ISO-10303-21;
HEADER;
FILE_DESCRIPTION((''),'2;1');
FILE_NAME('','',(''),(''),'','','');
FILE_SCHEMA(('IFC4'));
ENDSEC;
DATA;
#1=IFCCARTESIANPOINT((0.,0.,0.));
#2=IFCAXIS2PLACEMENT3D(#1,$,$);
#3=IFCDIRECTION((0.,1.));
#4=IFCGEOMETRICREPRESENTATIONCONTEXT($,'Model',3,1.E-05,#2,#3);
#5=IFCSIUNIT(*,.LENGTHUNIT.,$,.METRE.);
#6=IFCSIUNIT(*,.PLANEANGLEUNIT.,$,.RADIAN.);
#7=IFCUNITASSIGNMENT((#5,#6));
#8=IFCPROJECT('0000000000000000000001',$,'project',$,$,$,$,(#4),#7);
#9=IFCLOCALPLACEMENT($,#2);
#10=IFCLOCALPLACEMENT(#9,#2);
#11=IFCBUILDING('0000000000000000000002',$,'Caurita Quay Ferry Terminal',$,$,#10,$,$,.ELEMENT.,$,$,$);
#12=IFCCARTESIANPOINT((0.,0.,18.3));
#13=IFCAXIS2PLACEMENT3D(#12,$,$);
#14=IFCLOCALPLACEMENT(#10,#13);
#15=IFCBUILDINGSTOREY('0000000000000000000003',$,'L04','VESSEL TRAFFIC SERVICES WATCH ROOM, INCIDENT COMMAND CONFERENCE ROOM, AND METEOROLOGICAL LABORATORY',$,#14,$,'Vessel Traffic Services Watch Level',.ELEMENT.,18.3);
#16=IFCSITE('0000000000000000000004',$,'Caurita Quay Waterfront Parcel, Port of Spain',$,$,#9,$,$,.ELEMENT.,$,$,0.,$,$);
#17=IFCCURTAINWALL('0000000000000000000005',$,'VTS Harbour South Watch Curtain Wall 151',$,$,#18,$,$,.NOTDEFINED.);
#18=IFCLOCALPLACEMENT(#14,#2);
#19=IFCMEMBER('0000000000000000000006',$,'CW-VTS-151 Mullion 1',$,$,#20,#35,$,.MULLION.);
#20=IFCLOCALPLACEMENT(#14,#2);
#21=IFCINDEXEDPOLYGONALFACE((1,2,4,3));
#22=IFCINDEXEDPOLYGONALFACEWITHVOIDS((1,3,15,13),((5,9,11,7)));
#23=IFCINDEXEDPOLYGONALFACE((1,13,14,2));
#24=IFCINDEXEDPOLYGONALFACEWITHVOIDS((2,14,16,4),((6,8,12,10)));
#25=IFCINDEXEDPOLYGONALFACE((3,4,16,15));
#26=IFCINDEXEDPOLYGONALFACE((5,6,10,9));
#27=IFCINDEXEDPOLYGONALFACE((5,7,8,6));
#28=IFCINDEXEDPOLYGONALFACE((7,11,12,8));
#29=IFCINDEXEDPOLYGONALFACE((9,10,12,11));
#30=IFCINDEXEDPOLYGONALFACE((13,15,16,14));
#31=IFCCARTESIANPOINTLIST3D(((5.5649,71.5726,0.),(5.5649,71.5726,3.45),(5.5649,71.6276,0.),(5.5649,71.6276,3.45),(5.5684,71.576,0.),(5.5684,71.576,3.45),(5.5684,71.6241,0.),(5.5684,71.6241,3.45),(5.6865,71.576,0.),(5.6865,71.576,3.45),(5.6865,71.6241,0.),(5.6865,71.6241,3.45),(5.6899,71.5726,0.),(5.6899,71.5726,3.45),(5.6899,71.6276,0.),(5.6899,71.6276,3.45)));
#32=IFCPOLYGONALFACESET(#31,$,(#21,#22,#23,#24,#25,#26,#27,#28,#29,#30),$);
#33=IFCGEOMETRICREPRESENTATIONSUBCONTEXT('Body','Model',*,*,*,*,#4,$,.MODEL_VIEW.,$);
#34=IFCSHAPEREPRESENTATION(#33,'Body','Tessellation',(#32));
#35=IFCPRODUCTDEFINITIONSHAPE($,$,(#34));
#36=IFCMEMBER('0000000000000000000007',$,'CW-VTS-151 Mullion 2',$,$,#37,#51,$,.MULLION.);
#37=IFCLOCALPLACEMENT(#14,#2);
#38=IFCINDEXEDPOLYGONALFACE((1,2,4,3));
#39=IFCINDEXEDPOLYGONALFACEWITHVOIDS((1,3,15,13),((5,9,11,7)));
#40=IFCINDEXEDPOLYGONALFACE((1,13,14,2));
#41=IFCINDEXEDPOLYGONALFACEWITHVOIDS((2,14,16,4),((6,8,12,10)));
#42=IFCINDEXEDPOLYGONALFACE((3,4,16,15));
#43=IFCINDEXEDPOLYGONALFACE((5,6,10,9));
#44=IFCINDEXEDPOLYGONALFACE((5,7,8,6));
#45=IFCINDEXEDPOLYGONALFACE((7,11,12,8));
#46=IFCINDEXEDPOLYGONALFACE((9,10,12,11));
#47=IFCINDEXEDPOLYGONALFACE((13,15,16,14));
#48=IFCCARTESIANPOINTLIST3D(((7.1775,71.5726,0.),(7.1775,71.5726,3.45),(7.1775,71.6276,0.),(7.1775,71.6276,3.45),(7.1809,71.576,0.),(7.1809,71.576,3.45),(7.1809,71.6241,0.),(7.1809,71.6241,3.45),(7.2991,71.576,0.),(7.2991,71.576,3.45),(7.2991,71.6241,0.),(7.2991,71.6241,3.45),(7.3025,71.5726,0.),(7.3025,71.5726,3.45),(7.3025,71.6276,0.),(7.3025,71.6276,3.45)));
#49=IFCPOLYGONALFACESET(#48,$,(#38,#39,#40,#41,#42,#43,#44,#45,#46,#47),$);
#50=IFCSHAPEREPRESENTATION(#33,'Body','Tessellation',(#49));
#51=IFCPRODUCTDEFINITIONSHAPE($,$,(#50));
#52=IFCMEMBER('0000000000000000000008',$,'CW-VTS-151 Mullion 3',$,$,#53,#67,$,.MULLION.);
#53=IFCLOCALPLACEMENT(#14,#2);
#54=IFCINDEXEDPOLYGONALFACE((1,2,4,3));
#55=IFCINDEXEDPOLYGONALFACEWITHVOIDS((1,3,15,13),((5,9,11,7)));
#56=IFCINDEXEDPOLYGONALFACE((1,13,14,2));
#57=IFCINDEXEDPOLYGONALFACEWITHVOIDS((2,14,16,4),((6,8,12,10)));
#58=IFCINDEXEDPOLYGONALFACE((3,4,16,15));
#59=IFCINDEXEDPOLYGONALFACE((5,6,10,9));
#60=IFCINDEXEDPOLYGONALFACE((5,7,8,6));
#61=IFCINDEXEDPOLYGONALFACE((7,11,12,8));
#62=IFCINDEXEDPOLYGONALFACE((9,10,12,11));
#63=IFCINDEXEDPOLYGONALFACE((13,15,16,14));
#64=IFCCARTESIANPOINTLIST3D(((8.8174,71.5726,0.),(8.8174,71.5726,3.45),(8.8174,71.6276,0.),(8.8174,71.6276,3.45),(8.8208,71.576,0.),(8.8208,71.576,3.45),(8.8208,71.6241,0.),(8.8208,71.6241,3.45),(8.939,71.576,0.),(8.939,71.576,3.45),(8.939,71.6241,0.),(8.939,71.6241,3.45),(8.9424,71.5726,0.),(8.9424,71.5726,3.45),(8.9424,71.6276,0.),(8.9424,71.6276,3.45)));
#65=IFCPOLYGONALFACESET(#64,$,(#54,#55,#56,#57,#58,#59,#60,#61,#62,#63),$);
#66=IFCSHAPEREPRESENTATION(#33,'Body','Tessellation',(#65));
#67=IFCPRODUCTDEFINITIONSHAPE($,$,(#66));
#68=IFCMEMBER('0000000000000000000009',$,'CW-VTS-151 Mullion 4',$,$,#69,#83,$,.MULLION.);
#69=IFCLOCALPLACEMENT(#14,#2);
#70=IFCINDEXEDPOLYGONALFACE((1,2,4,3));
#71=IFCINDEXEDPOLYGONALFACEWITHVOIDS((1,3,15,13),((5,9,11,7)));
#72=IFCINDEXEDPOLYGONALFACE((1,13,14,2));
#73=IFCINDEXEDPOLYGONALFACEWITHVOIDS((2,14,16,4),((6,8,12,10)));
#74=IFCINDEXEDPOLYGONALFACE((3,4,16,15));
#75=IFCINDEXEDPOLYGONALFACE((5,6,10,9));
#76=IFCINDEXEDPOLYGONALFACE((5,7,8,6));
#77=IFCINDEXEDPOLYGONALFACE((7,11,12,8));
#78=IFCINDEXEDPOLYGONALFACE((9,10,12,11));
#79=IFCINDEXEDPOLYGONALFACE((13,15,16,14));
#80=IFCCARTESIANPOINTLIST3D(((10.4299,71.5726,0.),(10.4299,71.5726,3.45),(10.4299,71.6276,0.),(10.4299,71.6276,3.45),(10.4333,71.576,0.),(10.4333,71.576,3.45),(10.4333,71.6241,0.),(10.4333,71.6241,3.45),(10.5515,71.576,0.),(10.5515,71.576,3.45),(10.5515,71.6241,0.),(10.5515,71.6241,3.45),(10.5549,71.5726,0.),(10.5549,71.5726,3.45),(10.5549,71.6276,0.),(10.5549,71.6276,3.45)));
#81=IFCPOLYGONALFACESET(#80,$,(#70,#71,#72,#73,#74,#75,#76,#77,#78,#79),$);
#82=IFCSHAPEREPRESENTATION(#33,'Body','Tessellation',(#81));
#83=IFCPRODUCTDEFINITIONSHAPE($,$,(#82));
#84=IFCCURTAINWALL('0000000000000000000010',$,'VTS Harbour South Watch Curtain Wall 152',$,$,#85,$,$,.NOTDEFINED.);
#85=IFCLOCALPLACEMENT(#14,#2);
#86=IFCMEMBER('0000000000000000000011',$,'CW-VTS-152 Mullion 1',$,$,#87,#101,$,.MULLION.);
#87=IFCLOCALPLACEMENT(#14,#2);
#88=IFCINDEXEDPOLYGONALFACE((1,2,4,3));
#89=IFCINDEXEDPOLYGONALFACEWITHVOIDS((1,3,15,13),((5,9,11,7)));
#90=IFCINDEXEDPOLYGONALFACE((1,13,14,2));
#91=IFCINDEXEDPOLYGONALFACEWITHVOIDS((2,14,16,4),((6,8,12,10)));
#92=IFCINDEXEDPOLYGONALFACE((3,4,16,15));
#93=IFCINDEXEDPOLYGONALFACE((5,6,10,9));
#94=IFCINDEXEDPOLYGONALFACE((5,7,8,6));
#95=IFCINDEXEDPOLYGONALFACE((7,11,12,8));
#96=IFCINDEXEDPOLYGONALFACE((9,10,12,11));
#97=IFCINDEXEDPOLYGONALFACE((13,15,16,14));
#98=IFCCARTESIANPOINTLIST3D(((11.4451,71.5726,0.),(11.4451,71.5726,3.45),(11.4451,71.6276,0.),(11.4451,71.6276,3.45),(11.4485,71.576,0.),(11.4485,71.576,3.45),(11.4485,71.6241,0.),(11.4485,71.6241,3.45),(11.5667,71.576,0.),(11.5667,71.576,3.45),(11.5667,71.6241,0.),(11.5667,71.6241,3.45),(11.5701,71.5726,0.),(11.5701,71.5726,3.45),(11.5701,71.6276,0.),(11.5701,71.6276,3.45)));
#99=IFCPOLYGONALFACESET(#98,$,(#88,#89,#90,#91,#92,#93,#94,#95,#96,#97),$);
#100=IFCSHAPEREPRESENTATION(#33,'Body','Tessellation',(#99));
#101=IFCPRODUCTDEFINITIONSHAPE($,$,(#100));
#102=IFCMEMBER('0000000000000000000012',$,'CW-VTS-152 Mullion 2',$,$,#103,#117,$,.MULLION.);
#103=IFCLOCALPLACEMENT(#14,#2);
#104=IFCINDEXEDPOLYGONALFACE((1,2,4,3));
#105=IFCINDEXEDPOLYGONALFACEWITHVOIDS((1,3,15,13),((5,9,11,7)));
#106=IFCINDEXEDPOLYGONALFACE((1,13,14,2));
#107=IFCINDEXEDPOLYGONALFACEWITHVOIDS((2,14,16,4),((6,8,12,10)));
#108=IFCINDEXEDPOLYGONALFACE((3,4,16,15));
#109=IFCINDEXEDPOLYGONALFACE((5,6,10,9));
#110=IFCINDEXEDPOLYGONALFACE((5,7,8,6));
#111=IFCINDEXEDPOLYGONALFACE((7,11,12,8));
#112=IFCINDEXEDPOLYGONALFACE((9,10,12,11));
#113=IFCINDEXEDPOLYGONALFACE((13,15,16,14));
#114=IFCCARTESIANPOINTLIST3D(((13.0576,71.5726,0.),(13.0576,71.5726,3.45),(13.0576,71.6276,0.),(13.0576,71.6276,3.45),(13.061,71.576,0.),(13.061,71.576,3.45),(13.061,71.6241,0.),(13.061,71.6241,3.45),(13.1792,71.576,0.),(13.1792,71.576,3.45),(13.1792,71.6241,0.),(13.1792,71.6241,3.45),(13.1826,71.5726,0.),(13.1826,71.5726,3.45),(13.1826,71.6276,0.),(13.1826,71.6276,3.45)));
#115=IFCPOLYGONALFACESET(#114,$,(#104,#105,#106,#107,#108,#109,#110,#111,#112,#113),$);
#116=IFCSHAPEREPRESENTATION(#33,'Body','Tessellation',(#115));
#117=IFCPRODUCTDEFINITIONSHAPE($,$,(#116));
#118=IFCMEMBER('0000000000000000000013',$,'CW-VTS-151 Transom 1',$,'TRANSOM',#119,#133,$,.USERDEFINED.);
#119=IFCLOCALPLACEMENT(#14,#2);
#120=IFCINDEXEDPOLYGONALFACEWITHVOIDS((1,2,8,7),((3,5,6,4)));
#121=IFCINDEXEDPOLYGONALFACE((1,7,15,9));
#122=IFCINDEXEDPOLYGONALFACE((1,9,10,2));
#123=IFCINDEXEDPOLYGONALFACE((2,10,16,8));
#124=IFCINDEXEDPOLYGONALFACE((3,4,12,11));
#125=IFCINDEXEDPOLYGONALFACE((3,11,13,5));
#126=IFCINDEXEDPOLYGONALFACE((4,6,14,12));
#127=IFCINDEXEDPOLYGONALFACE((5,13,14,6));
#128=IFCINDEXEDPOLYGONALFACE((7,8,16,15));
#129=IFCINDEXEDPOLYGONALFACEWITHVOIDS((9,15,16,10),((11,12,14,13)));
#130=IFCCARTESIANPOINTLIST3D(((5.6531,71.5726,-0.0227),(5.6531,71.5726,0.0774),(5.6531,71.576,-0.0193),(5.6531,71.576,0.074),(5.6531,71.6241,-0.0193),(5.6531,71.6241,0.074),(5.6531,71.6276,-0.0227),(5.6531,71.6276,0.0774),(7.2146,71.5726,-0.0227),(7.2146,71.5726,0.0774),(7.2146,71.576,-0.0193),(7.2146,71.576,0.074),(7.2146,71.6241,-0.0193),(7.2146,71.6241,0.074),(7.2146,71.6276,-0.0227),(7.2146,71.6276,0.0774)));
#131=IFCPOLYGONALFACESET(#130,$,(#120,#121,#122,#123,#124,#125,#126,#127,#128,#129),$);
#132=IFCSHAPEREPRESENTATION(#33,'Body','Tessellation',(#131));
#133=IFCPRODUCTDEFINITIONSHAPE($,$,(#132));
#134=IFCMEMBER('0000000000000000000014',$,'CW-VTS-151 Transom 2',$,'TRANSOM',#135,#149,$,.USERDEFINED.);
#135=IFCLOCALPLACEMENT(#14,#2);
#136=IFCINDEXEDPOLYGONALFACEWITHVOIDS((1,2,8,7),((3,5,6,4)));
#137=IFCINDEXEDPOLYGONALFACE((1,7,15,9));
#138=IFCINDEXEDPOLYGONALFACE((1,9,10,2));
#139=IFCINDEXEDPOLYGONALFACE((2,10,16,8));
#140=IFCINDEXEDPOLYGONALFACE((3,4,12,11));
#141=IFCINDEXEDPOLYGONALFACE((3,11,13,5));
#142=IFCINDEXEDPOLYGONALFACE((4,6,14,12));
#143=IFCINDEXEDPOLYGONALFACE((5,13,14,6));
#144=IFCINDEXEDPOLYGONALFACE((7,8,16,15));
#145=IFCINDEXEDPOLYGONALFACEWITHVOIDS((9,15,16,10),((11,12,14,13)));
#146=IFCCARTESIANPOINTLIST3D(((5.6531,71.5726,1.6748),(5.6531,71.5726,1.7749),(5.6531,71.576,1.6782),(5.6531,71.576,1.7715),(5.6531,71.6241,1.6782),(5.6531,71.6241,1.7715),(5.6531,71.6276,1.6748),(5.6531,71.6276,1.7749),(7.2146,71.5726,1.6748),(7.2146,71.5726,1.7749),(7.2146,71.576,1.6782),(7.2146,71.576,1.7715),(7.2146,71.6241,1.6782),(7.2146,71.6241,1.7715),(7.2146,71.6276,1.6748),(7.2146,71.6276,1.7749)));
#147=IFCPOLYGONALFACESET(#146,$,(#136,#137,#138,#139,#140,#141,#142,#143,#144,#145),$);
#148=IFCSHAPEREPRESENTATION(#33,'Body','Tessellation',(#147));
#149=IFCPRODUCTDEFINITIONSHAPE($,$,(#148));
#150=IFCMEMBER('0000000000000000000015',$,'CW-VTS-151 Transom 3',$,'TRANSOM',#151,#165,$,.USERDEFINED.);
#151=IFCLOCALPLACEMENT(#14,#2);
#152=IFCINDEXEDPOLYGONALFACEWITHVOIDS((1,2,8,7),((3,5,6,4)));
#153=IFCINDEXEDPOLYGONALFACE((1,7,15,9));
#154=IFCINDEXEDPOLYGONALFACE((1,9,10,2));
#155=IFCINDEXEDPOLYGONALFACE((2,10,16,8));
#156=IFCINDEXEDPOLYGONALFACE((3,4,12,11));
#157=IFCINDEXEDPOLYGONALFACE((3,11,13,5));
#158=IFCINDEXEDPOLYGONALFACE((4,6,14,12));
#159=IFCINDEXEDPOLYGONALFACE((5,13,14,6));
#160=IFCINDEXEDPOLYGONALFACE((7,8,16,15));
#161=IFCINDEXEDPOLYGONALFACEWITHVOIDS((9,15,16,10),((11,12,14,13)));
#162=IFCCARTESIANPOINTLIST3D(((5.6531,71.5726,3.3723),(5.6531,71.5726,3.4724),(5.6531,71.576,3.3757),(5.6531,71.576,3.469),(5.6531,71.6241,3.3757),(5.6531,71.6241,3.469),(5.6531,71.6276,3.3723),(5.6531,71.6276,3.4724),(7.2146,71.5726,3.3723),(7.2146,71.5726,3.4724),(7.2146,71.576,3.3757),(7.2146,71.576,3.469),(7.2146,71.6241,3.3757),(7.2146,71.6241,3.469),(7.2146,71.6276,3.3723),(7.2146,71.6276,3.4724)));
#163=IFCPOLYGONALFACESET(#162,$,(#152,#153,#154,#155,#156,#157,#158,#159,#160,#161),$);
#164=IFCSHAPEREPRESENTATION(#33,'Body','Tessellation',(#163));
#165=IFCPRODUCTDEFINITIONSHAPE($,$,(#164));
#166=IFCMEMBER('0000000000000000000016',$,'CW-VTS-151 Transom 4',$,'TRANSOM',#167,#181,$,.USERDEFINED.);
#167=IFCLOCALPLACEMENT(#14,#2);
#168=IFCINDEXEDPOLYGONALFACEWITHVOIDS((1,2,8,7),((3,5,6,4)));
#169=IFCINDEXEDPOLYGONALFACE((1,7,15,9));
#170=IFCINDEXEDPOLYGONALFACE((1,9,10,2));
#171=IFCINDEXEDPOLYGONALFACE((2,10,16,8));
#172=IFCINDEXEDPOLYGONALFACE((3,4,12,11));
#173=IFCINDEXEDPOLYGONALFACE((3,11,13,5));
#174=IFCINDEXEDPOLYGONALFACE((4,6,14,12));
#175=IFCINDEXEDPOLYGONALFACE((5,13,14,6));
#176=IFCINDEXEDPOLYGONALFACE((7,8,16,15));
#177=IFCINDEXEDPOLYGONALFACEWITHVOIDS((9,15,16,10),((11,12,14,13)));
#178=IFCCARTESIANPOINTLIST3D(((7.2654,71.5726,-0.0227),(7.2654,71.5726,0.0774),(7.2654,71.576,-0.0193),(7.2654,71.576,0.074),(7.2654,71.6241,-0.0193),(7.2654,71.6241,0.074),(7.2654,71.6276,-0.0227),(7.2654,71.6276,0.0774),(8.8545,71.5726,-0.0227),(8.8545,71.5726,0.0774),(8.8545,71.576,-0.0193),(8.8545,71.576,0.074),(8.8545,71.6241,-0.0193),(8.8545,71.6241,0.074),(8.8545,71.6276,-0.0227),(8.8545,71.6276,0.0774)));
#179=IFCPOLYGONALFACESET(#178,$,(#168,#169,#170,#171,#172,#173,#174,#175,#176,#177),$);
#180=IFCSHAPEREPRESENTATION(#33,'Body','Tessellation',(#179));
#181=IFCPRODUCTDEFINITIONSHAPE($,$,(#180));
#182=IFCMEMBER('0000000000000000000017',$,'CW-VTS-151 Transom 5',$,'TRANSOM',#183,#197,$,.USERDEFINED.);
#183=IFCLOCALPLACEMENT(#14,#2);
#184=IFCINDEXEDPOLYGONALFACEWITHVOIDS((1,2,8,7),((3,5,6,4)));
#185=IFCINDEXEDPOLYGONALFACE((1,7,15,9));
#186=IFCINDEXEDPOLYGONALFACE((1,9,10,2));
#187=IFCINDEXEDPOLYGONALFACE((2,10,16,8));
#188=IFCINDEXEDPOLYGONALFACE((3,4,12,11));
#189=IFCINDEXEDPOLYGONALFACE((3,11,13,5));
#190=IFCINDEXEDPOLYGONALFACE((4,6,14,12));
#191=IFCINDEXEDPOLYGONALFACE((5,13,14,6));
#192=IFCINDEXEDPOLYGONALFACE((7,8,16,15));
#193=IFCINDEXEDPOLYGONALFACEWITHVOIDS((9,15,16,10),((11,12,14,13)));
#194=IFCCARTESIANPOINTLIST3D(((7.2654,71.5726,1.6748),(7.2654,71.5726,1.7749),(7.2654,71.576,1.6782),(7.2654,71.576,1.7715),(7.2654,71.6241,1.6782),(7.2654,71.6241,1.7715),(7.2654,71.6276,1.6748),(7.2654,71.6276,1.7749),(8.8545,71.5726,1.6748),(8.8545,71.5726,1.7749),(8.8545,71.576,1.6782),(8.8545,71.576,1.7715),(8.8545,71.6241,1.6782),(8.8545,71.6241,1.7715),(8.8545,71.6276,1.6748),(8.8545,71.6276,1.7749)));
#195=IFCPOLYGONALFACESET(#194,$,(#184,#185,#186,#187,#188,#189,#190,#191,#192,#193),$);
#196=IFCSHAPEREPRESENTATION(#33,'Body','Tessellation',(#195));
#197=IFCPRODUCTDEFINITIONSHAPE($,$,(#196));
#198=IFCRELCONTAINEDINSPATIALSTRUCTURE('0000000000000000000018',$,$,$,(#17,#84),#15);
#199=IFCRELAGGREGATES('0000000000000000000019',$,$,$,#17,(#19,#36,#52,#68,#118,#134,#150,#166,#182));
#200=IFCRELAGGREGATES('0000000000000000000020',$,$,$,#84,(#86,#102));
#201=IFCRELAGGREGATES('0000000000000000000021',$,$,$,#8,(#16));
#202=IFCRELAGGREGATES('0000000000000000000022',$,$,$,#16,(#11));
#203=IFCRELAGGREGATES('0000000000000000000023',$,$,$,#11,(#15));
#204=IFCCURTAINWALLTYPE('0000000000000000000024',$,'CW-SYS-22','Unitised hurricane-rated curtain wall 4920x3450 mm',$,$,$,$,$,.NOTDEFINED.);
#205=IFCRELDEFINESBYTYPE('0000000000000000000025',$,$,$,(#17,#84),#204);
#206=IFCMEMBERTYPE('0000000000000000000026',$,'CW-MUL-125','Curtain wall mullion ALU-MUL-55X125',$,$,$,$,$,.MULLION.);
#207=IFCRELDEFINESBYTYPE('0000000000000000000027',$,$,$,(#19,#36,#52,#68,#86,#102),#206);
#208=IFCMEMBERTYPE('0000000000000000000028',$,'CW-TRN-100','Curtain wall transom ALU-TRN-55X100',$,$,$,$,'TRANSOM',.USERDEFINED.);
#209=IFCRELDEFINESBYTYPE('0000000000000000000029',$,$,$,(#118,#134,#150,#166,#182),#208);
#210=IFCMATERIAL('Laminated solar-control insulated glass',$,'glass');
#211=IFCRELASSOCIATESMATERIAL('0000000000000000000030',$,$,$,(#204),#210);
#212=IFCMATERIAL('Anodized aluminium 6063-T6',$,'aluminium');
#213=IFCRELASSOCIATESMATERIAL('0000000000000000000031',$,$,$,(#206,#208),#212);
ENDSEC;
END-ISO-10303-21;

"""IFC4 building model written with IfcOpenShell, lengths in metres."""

from ifc_helpers import new_model, si_unit, direction, frame, origin, origin_2d, place, context, subcontext, project, spatial, hollow_rectangle, extrude, material, material_profile, profile_set, type_object, element, aggregate, save


model = new_model("IFC4")

# Units and contexts
model_context = context("Model", 3, precision=1e-05, world=origin(), true_north=direction((0.0, 1.0)))
body_context = subcontext(model_context, "Body", "Model", "MODEL_VIEW")
ifc_project = project(units=[si_unit("LENGTHUNIT", "METRE"), si_unit("PLANEANGLEUNIT", "RADIAN")], contexts=[model_context])

# Site, building, storey
site_placement = place(None, origin())
site = spatial("IfcSite", under=ifc_project, at=site_placement, Name="Caurita Quay Waterfront Parcel, Port of Spain", CompositionType="ELEMENT", RefElevation=0.0)
building_placement = place(site_placement, origin())
building = spatial("IfcBuilding", under=site, at=building_placement, Name="Caurita Quay Ferry Terminal", CompositionType="ELEMENT")
storey_placement = place(building_placement, frame((0.0, 0.0, 18.3)))
storey = spatial("IfcBuildingStorey", under=building, at=storey_placement, Name="L04", Description="VESSEL TRAFFIC SERVICES WATCH ROOM, INCIDENT COMMAND CONFERENCE ROOM, AND METEOROLOGICAL LABORATORY", LongName="Vessel Traffic Services Watch Level", CompositionType="ELEMENT", Elevation=18.3)

# Curtain walls, members
ifc_material_1 = material(Name="Laminated solar-control insulated glass", Category="glass")
curtain_wall_type = type_object("IfcCurtainWallType", Name="CW-SYS-22", Description="Unitised hurricane-rated curtain wall 4920x3450 mm", PredefinedType="NOTDEFINED", material=ifc_material_1)
curtain_wall_1_placement = place(storey_placement, origin())
curtain_wall_1 = element("IfcCurtainWall", 1, at=curtain_wall_1_placement, inside=storey, type_object=curtain_wall_type, Name="VTS Harbour South Watch Curtain Wall 151", PredefinedType="NOTDEFINED")
ifc_material_2 = material(Name="Anodized aluminium 6063-T6", Category="aluminium")
ifc_material_profile_1 = material_profile(ifc_material_2, hollow_rectangle(XDim=0.0549, YDim=0.125, WallThickness=0.0034, at=origin_2d()), Name="ALU-MUL-55X125")
ifc_profile_set_1 = profile_set([ifc_material_profile_1], Name="Anodized aluminium 6063-T6")
member_type_1 = type_object("IfcMemberType", Name="CW-MUL-125", Description="Curtain wall mullion ALU-MUL-55X125", PredefinedType="MULLION", material=ifc_profile_set_1)
member_1_placement = place(storey_placement, frame((5.6274, 71.6001, 0.0), z_axis=(0.0, 0.0, 1.0), x_axis=(0.0, 1.0, 0.0)))
member_1 = element("IfcMember", 2, at=member_1_placement, type_object=member_type_1, Name="CW-VTS-151 Mullion 1", PredefinedType="MULLION", context=body_context, shape_type="SweptSolid", body=[
    extrude(hollow_rectangle(XDim=0.0549, YDim=0.125, WallThickness=0.0034, at=origin_2d()), origin(), (0.0, 0.0, 1.0), 3.45),
])
member_2_placement = place(storey_placement, frame((7.24, 71.6001, 0.0), z_axis=(0.0, 0.0, 1.0), x_axis=(0.0, 1.0, 0.0)))
member_2 = element("IfcMember", 3, at=member_2_placement, type_object=member_type_1, Name="CW-VTS-151 Mullion 2", PredefinedType="MULLION", context=body_context, shape_type="SweptSolid", body=[
    extrude(hollow_rectangle(XDim=0.0549, YDim=0.125, WallThickness=0.0034, at=origin_2d()), origin(), (0.0, 0.0, 1.0), 3.45),
])
member_3_placement = place(storey_placement, frame((8.8799, 71.6001, 0.0), z_axis=(0.0, 0.0, 1.0), x_axis=(0.0, 1.0, 0.0)))
member_3 = element("IfcMember", 4, at=member_3_placement, type_object=member_type_1, Name="CW-VTS-151 Mullion 3", PredefinedType="MULLION", context=body_context, shape_type="SweptSolid", body=[
    extrude(hollow_rectangle(XDim=0.0549, YDim=0.125, WallThickness=0.0034, at=origin_2d()), origin(), (0.0, 0.0, 1.0), 3.45),
])
member_4_placement = place(storey_placement, frame((10.4924, 71.6001, 0.0), z_axis=(0.0, 0.0, 1.0), x_axis=(0.0, 1.0, 0.0)))
member_4 = element("IfcMember", 5, at=member_4_placement, type_object=member_type_1, Name="CW-VTS-151 Mullion 4", PredefinedType="MULLION", context=body_context, shape_type="SweptSolid", body=[
    extrude(hollow_rectangle(XDim=0.0549, YDim=0.125, WallThickness=0.0034, at=origin_2d()), origin(), (0.0, 0.0, 1.0), 3.45),
])
curtain_wall_2_placement = place(storey_placement, origin())
curtain_wall_2 = element("IfcCurtainWall", 6, at=curtain_wall_2_placement, inside=storey, type_object=curtain_wall_type, Name="VTS Harbour South Watch Curtain Wall 152", PredefinedType="NOTDEFINED")
member_5_placement = place(storey_placement, frame((11.5076, 71.6001, 0.0), z_axis=(0.0, 0.0, 1.0), x_axis=(0.0, 1.0, 0.0)))
member_5 = element("IfcMember", 7, at=member_5_placement, type_object=member_type_1, Name="CW-VTS-152 Mullion 1", PredefinedType="MULLION", context=body_context, shape_type="SweptSolid", body=[
    extrude(hollow_rectangle(XDim=0.0549, YDim=0.125, WallThickness=0.0034, at=origin_2d()), origin(), (0.0, 0.0, 1.0), 3.45),
])
member_6_placement = place(storey_placement, frame((13.1201, 71.6001, 0.0), z_axis=(0.0, 0.0, 1.0), x_axis=(0.0, 1.0, 0.0)))
member_6 = element("IfcMember", 8, at=member_6_placement, type_object=member_type_1, Name="CW-VTS-152 Mullion 2", PredefinedType="MULLION", context=body_context, shape_type="SweptSolid", body=[
    extrude(hollow_rectangle(XDim=0.0549, YDim=0.125, WallThickness=0.0034, at=origin_2d()), origin(), (0.0, 0.0, 1.0), 3.45),
])

# Members
ifc_material_profile_2 = material_profile(ifc_material_2, hollow_rectangle(XDim=0.0549, YDim=0.1001, WallThickness=0.0034, at=origin_2d()), Name="ALU-TRN-55X100")
ifc_profile_set_2 = profile_set([ifc_material_profile_2], Name="Anodized aluminium 6063-T6")
member_type_2 = type_object("IfcMemberType", Name="CW-TRN-100", Description="Curtain wall transom ALU-TRN-55X100", ElementType="TRANSOM", PredefinedType="USERDEFINED", material=ifc_profile_set_2)
member_7_placement = place(storey_placement, frame((5.6531, 71.6001, 0.0273), z_axis=(1.0, 0.0, 0.0), x_axis=(0.0, 1.0, 0.0)))
member_7 = element("IfcMember", 9, at=member_7_placement, type_object=member_type_2, Name="CW-VTS-151 Transom 1", ObjectType="TRANSOM", PredefinedType="USERDEFINED", context=body_context, shape_type="SweptSolid", body=[
    extrude(hollow_rectangle(XDim=0.0549, YDim=0.1001, WallThickness=0.0034, at=origin_2d()), origin(), (0.0, 0.0, 1.0), 1.5615),
])
member_8_placement = place(storey_placement, frame((5.6531, 71.6001, 1.7249), z_axis=(1.0, 0.0, 0.0), x_axis=(0.0, 1.0, 0.0)))
member_8 = element("IfcMember", 10, at=member_8_placement, type_object=member_type_2, Name="CW-VTS-151 Transom 2", ObjectType="TRANSOM", PredefinedType="USERDEFINED", context=body_context, shape_type="SweptSolid", body=[
    extrude(hollow_rectangle(XDim=0.0549, YDim=0.1001, WallThickness=0.0034, at=origin_2d()), origin(), (0.0, 0.0, 1.0), 1.5615),
])
member_9_placement = place(storey_placement, frame((5.6531, 71.6001, 3.4224), z_axis=(1.0, 0.0, 0.0), x_axis=(0.0, 1.0, 0.0)))
member_9 = element("IfcMember", 11, at=member_9_placement, type_object=member_type_2, Name="CW-VTS-151 Transom 3", ObjectType="TRANSOM", PredefinedType="USERDEFINED", context=body_context, shape_type="SweptSolid", body=[
    extrude(hollow_rectangle(XDim=0.0549, YDim=0.1001, WallThickness=0.0034, at=origin_2d()), origin(), (0.0, 0.0, 1.0), 1.5615),
])
member_10_placement = place(storey_placement, frame((7.2654, 71.6001, 0.0273), z_axis=(1.0, 0.0, 0.0), x_axis=(0.0, 1.0, 0.0)))
member_10 = element("IfcMember", 12, at=member_10_placement, type_object=member_type_2, Name="CW-VTS-151 Transom 4", ObjectType="TRANSOM", PredefinedType="USERDEFINED", context=body_context, shape_type="SweptSolid", body=[
    extrude(hollow_rectangle(XDim=0.0549, YDim=0.1001, WallThickness=0.0034, at=origin_2d()), origin(), (0.0, 0.0, 1.0), 1.5891),
])
member_11_placement = place(storey_placement, frame((7.2654, 71.6001, 1.7249), z_axis=(1.0, 0.0, 0.0), x_axis=(0.0, 1.0, 0.0)))
member_11 = element("IfcMember", 13, at=member_11_placement, type_object=member_type_2, Name="CW-VTS-151 Transom 5", ObjectType="TRANSOM", PredefinedType="USERDEFINED", context=body_context, shape_type="SweptSolid", body=[
    extrude(hollow_rectangle(XDim=0.0549, YDim=0.1001, WallThickness=0.0034, at=origin_2d()), origin(), (0.0, 0.0, 1.0), 1.5891),
])

aggregate(curtain_wall_1, [member_1, member_2, member_3, member_4, member_7, member_8, member_9, member_10, member_11])
aggregate(curtain_wall_2, [member_5, member_6])

save(model, "model.ifc")
